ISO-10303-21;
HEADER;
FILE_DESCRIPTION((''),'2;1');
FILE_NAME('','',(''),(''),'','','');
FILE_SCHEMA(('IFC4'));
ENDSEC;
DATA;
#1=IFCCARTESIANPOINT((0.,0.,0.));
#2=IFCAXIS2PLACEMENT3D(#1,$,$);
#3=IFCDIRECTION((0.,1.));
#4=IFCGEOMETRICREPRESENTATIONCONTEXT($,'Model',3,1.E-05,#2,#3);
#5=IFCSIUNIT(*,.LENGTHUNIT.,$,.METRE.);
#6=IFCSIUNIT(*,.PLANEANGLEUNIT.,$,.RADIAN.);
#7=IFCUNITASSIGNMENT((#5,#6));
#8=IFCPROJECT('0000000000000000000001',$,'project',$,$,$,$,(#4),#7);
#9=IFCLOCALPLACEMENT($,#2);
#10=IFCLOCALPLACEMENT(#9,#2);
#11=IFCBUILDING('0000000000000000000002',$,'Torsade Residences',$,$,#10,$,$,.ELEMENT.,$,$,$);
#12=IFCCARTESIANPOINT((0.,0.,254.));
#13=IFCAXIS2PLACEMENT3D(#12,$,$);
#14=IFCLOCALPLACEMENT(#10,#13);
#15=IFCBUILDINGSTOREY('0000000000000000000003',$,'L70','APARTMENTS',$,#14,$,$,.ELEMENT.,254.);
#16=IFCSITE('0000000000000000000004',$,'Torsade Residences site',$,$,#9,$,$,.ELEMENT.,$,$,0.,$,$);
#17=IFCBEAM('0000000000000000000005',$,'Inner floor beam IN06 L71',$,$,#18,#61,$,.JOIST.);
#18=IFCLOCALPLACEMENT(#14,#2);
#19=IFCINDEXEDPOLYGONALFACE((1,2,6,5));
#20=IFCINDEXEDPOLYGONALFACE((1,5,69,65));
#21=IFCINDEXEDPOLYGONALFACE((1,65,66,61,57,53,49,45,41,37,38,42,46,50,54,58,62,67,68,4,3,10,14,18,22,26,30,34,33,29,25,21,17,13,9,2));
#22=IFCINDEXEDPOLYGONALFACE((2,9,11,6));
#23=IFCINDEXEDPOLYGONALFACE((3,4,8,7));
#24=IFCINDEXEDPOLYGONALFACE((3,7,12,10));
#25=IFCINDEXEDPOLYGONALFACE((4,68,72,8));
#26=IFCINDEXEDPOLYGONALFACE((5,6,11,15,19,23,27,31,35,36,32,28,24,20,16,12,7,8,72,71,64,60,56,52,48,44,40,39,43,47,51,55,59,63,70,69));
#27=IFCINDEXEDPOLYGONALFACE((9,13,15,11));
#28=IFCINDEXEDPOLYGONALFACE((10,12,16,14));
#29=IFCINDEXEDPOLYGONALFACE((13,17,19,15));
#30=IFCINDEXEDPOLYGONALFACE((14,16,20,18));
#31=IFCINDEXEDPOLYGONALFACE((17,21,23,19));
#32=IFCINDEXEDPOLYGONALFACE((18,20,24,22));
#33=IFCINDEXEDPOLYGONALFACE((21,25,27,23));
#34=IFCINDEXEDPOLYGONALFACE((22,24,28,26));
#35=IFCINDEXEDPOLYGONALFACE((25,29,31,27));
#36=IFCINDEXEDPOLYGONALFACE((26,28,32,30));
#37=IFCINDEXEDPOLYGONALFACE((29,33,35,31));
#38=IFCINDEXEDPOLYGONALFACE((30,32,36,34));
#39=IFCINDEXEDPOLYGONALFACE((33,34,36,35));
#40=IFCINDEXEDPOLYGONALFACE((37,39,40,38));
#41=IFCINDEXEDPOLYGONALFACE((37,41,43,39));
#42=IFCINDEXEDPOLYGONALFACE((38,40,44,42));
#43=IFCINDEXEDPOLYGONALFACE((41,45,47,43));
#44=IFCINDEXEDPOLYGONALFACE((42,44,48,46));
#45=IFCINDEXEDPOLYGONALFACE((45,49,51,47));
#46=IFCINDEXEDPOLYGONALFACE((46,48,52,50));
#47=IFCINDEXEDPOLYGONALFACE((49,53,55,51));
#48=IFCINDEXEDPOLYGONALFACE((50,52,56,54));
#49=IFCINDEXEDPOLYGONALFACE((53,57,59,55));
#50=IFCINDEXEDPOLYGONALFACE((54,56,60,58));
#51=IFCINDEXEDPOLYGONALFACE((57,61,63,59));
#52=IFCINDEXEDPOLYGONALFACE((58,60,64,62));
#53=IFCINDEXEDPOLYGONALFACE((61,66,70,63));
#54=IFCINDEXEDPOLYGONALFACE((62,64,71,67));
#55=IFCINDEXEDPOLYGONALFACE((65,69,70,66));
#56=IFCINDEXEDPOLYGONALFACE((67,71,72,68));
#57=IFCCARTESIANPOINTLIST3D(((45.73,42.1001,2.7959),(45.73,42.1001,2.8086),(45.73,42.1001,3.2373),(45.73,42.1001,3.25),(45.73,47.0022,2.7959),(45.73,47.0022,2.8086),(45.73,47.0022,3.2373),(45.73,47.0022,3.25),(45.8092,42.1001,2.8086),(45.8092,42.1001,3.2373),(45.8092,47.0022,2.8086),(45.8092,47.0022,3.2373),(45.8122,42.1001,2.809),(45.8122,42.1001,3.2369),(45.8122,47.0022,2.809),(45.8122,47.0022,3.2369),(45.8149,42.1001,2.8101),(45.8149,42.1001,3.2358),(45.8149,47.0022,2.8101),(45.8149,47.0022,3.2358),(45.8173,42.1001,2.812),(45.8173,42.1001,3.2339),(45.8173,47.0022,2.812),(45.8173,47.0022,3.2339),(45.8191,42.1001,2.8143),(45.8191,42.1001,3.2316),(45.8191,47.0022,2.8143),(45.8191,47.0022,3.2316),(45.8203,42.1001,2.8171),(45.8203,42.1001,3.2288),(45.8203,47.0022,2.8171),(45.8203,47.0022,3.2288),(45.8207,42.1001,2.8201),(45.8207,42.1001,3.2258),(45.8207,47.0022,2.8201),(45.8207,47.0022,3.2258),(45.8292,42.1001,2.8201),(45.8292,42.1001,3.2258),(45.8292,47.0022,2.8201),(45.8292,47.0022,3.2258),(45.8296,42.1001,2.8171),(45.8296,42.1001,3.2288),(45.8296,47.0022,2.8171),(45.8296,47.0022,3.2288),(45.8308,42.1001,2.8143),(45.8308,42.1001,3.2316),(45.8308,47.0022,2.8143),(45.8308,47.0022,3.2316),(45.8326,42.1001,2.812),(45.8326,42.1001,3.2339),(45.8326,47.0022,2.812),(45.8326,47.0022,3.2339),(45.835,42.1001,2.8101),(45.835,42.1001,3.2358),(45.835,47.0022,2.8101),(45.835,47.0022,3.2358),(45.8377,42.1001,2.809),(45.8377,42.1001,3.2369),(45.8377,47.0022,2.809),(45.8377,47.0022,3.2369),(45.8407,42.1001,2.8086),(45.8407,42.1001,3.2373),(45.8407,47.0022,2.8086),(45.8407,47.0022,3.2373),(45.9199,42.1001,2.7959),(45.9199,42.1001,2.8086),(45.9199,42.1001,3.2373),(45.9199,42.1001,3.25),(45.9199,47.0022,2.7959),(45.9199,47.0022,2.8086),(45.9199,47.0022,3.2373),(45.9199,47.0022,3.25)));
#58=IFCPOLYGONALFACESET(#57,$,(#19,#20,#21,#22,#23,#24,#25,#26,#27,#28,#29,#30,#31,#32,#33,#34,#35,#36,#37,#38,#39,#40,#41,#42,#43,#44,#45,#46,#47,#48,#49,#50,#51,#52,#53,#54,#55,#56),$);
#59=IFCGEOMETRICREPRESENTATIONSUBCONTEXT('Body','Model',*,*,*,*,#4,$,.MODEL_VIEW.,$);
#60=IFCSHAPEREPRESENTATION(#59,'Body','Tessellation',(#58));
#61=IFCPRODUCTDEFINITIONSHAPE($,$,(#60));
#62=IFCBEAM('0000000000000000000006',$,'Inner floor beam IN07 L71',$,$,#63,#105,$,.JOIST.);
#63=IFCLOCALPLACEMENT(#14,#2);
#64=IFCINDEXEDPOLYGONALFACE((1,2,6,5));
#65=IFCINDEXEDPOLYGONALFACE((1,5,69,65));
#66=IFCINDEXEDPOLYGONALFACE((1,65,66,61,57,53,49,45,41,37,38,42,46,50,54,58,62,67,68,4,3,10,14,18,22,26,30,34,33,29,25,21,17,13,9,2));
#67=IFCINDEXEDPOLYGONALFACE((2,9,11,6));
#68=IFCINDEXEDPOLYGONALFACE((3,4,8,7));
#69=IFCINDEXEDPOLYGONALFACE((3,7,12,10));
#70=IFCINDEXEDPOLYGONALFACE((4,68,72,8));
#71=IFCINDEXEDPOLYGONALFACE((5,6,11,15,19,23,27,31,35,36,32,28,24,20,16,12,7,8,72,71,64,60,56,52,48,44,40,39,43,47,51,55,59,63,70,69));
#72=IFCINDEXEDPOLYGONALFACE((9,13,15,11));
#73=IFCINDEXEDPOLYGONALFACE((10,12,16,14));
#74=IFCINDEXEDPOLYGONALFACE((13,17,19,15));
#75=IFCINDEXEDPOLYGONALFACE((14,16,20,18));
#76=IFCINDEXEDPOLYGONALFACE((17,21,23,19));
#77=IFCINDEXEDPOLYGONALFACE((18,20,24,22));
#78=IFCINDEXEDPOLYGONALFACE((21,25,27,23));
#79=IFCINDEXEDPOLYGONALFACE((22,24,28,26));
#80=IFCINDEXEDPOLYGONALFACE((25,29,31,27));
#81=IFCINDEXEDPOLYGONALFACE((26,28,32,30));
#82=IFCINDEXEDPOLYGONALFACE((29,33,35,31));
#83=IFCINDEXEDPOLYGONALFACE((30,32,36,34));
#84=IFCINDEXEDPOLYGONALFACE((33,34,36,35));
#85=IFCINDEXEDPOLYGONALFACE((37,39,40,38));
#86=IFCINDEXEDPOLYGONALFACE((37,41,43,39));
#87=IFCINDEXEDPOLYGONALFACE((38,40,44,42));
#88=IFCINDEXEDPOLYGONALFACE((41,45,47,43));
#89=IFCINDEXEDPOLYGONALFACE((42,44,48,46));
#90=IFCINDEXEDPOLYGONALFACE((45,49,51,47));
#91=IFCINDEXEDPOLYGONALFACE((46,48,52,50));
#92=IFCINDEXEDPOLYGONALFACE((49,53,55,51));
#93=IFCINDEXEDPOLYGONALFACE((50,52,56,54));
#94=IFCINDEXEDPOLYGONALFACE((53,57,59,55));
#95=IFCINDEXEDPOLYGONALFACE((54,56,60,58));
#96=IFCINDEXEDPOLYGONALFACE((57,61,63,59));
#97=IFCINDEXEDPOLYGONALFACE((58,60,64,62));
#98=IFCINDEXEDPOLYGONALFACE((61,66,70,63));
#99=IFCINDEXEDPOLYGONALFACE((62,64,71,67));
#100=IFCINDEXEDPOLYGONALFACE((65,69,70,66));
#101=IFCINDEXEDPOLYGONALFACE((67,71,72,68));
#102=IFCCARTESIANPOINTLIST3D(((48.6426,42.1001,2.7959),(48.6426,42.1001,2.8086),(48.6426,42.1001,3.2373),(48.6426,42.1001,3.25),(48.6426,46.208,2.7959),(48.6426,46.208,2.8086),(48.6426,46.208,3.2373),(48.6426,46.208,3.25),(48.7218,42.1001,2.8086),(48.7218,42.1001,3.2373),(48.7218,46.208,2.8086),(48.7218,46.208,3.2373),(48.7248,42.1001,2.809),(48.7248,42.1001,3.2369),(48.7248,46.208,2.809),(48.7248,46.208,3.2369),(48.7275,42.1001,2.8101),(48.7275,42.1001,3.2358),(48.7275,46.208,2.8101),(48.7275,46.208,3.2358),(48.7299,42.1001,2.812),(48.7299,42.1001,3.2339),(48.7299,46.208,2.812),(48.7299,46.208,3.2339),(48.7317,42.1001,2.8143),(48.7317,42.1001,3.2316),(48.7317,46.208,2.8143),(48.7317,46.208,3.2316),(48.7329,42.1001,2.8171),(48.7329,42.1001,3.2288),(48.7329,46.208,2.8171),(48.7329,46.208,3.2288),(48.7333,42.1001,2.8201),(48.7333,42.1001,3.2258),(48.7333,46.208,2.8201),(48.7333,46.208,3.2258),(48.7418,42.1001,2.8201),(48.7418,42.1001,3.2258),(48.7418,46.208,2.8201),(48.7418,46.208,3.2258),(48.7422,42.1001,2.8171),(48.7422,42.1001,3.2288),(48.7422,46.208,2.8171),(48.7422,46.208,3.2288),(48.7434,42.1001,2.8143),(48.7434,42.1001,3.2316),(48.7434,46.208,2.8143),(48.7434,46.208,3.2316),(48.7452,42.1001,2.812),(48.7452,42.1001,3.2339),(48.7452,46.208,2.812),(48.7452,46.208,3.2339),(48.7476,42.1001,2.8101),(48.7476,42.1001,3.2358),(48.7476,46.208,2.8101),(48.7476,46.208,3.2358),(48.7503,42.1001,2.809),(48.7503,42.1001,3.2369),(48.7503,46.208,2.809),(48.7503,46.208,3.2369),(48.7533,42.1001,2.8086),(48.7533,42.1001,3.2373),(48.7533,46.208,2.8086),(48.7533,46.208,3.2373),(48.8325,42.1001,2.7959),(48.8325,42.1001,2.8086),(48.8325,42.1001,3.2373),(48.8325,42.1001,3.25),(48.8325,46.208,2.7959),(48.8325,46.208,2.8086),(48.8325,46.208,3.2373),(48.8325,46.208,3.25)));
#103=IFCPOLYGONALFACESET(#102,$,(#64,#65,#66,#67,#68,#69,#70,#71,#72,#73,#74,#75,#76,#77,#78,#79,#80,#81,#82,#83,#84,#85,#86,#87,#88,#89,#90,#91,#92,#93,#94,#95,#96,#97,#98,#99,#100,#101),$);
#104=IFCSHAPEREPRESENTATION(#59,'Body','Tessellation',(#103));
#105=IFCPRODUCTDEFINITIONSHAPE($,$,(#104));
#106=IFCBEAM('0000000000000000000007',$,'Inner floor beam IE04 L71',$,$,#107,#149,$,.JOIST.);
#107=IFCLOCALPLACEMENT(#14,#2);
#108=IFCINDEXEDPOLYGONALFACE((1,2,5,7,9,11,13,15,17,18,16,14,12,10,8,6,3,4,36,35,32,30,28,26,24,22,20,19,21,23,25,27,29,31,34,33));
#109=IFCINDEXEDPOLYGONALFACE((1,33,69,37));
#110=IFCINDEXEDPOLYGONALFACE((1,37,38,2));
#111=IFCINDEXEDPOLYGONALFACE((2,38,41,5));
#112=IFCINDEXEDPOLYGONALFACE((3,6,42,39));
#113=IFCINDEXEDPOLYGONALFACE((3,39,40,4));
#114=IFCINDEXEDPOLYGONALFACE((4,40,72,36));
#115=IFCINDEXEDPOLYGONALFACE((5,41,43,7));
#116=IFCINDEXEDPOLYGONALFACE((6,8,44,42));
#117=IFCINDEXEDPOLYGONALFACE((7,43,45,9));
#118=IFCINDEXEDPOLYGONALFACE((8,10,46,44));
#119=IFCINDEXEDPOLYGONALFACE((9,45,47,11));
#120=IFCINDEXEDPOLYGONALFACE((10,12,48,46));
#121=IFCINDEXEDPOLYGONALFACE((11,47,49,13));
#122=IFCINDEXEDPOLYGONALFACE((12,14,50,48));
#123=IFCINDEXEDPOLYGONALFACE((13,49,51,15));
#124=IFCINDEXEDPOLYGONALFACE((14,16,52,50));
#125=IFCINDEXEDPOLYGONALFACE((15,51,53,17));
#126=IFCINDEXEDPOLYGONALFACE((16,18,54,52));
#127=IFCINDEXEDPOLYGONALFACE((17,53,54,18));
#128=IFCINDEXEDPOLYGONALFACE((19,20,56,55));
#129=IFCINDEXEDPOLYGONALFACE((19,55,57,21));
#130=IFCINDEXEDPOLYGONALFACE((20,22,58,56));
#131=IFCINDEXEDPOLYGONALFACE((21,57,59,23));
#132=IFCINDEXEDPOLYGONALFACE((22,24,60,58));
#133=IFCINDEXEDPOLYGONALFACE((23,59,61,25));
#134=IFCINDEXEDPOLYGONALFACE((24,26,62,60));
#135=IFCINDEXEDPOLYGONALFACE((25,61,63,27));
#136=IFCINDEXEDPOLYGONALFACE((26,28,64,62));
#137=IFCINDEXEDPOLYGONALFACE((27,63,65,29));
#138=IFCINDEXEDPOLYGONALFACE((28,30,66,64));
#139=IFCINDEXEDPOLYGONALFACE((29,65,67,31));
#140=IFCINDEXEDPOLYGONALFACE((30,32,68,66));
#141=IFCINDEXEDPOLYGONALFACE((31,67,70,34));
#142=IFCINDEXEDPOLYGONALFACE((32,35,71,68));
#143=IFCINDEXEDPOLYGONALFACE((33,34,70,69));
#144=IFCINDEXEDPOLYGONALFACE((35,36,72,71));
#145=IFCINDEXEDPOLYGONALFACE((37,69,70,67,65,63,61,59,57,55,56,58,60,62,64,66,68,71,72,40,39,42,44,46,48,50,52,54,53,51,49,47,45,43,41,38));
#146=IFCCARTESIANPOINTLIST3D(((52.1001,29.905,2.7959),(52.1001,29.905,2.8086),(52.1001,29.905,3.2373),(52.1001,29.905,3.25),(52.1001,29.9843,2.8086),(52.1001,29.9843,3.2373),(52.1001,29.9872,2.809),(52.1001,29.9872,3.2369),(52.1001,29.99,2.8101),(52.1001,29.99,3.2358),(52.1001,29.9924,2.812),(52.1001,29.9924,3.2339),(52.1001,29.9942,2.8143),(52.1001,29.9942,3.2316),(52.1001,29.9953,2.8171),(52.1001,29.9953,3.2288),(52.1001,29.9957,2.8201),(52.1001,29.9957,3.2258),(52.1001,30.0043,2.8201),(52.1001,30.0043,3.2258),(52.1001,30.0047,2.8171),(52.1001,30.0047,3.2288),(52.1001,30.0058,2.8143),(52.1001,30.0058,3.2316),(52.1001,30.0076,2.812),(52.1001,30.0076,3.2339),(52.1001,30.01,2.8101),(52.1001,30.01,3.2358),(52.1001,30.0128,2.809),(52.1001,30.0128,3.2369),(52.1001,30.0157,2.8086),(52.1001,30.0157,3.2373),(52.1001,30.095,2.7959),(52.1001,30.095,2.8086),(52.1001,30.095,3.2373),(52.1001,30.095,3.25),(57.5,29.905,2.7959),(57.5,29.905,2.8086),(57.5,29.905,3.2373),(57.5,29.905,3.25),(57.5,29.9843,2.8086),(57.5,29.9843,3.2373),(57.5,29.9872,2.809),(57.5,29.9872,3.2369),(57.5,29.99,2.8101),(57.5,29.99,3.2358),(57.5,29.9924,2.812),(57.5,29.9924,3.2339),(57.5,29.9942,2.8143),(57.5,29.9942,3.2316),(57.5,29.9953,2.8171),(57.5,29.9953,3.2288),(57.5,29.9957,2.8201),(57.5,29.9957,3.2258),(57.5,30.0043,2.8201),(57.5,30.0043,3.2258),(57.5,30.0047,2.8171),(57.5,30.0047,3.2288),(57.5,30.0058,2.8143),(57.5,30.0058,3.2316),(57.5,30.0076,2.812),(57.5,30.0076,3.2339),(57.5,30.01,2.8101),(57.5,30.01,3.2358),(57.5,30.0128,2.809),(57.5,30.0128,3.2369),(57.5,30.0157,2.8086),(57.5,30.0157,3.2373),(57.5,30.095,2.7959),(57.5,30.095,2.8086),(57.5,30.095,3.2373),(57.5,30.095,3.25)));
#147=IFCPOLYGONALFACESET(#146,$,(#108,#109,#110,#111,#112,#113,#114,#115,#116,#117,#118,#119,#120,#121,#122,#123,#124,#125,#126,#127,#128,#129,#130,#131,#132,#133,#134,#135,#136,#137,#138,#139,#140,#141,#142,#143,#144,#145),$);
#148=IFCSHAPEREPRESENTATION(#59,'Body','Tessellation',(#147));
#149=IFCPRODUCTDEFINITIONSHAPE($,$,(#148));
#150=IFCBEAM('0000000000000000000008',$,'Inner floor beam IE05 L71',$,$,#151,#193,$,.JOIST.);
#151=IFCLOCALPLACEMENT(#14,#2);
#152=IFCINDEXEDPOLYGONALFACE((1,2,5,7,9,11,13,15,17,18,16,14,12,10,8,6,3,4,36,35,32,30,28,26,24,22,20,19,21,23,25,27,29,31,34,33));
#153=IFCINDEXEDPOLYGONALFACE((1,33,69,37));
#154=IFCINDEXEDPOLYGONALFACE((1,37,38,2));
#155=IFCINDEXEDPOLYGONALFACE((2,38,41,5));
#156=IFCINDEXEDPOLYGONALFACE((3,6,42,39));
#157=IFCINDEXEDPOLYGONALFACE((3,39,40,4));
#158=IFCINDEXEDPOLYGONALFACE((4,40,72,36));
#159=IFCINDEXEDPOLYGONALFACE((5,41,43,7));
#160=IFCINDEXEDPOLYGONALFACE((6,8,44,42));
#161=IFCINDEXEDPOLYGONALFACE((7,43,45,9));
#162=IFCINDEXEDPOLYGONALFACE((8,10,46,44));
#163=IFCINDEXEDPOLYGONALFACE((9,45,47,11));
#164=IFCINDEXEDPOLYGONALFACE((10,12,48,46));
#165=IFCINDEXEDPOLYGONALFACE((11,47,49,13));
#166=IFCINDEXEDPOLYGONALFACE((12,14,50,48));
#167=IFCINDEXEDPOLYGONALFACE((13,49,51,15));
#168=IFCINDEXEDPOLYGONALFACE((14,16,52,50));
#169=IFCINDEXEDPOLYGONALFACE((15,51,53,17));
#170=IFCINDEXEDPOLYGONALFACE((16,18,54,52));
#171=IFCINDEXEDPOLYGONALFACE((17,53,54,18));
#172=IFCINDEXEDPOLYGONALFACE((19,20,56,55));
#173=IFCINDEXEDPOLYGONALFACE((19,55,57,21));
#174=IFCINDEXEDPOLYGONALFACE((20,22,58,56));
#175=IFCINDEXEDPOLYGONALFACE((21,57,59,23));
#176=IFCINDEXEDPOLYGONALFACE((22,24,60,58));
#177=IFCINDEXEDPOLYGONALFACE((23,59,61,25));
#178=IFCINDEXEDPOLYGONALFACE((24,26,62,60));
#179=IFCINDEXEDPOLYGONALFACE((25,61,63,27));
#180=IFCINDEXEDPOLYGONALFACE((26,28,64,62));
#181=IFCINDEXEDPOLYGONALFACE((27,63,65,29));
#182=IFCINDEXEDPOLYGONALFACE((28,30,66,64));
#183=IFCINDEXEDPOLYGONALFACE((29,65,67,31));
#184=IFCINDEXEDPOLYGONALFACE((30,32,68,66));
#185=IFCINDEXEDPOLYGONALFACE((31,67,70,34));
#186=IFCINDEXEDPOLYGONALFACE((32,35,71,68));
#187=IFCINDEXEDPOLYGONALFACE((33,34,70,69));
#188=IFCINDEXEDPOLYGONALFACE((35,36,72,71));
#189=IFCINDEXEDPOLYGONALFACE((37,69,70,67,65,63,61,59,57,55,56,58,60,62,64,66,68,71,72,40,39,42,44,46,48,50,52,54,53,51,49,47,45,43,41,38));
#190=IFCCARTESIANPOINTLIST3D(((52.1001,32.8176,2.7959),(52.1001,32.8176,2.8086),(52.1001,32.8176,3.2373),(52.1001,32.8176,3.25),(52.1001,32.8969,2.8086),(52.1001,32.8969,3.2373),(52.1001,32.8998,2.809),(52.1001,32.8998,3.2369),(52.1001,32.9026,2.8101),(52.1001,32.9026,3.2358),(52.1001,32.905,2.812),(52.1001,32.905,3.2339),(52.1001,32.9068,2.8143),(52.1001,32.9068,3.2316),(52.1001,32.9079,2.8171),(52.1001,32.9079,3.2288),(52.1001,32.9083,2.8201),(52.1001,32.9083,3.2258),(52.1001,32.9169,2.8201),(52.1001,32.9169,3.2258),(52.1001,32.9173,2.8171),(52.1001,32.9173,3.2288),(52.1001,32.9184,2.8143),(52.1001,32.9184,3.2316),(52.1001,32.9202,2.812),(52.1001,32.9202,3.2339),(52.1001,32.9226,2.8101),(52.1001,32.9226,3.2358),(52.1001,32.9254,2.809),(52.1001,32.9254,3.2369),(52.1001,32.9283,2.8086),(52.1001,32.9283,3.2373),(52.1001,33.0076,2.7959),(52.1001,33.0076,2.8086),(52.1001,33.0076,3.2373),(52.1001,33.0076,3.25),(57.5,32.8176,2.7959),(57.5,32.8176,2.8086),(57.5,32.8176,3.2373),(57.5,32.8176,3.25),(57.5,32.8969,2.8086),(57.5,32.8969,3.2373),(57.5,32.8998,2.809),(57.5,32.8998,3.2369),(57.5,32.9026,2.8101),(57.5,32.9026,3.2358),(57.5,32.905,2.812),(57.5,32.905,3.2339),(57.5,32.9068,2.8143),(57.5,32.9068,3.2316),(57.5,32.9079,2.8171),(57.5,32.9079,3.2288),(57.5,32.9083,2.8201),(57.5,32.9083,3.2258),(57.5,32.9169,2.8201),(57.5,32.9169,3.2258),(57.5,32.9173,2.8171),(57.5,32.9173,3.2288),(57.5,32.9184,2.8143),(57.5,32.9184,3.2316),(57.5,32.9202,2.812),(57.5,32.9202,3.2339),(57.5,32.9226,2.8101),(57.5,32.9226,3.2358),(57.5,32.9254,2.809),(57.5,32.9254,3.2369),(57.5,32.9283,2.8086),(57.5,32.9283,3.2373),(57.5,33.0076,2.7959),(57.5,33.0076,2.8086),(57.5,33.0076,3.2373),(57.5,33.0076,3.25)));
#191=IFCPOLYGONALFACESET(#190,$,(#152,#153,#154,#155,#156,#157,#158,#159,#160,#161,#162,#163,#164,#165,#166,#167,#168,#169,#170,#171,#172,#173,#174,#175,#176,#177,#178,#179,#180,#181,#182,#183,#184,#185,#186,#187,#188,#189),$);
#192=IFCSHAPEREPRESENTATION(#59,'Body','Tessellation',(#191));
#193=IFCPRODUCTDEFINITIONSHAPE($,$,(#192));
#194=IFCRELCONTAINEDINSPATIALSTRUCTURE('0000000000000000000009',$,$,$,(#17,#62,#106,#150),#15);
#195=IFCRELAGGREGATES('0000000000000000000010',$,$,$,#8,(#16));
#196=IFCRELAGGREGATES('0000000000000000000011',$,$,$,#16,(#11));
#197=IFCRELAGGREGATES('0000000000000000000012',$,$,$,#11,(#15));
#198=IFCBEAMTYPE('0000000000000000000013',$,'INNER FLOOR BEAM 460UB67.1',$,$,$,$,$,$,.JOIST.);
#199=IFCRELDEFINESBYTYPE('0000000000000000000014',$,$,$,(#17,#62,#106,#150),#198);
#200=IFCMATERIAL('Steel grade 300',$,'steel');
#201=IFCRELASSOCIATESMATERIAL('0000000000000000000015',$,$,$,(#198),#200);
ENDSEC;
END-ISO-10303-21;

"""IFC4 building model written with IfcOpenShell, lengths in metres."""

from ifc_helpers import new_model, si_unit, direction, frame, origin, origin_2d, place, context, subcontext, project, spatial, i_section, extrude, material, material_profile, profile_set, type_object, element, save


model = new_model("IFC4")

# Units and contexts
model_context = context("Model", 3, precision=1e-05, world=origin(), true_north=direction((0.0, 1.0)))
body_context = subcontext(model_context, "Body", "Model", "MODEL_VIEW")
ifc_project = project(units=[si_unit("LENGTHUNIT", "METRE"), si_unit("PLANEANGLEUNIT", "RADIAN")], contexts=[model_context])

# Site, building, storey
site_placement = place(None, origin())
site = spatial("IfcSite", under=ifc_project, at=site_placement, Name="Torsade Residences site", CompositionType="ELEMENT", RefElevation=0.0)
building_placement = place(site_placement, origin())
building = spatial("IfcBuilding", under=site, at=building_placement, Name="Torsade Residences", CompositionType="ELEMENT")
storey_placement = place(building_placement, frame((0.0, 0.0, 254.0)))
storey = spatial("IfcBuildingStorey", under=building, at=storey_placement, Name="L70", Description="APARTMENTS", CompositionType="ELEMENT", Elevation=254.0)

# Beams
ifc_material_1 = material(Name="Steel grade 300", Category="steel")
ifc_material_profile_1 = material_profile(ifc_material_1, i_section(OverallWidth=0.1899, OverallDepth=0.4541, WebThickness=0.0085, FlangeThickness=0.0127, FilletRadius=0.0115, at=origin_2d()), Name="460UB67.1")
ifc_profile_set_1 = profile_set([ifc_material_profile_1], Name="Steel grade 300")
beam_type_1 = type_object("IfcBeamType", Name="INNER FLOOR BEAM 460UB67.1", PredefinedType="JOIST", material=ifc_profile_set_1)
beam_1_placement = place(storey_placement, frame((45.825, 42.1001, 3.0229), z_axis=(0.0, 1.0, 0.0), x_axis=(-1.0, 0.0, 0.0)))
element("IfcBeam", 1, at=beam_1_placement, inside=storey, type_object=beam_type_1, Name="Inner floor beam IN06 L71", PredefinedType="JOIST", context=body_context, shape_type="SweptSolid", body=[
    extrude(i_section(OverallWidth=0.1899, OverallDepth=0.4541, WebThickness=0.0085, FlangeThickness=0.0127, FilletRadius=0.0115, at=origin_2d()), origin(), (0.0, 0.0, 1.0), 4.9021),
])
beam_2_placement = place(storey_placement, frame((48.7375, 42.1001, 3.0229), z_axis=(0.0, 1.0, 0.0), x_axis=(-1.0, 0.0, 0.0)))
element("IfcBeam", 2, at=beam_2_placement, inside=storey, type_object=beam_type_1, Name="Inner floor beam IN07 L71", PredefinedType="JOIST", context=body_context, shape_type="SweptSolid", body=[
    extrude(i_section(OverallWidth=0.1899, OverallDepth=0.4541, WebThickness=0.0085, FlangeThickness=0.0127, FilletRadius=0.0115, at=origin_2d()), origin(), (0.0, 0.0, 1.0), 4.1079),
])
for number, where, z_axis, x_axis, name in (
    (3, (52.1001, 30.0, 3.0229), (1.0, 0.0, 0.0), (0.0, 1.0, 0.0), "Inner floor beam IE04 L71"),
    (4, (52.1001, 32.9126, 3.0229), (1.0, 0.0, 0.0), (0.0, 1.0, 0.0), "Inner floor beam IE05 L71"),
):
    element("IfcBeam", number, at=place(storey_placement, frame(where, z_axis=z_axis, x_axis=x_axis)), inside=storey, type_object=beam_type_1, Name=name, PredefinedType="JOIST", context=body_context, shape_type="SweptSolid", body=[
        extrude(i_section(OverallWidth=0.1899, OverallDepth=0.4541, WebThickness=0.0085, FlangeThickness=0.0127, FilletRadius=0.0115, at=origin_2d()), origin(), (0.0, 0.0, 1.0), 5.3999),
    ])

save(model, "model.ifc")
